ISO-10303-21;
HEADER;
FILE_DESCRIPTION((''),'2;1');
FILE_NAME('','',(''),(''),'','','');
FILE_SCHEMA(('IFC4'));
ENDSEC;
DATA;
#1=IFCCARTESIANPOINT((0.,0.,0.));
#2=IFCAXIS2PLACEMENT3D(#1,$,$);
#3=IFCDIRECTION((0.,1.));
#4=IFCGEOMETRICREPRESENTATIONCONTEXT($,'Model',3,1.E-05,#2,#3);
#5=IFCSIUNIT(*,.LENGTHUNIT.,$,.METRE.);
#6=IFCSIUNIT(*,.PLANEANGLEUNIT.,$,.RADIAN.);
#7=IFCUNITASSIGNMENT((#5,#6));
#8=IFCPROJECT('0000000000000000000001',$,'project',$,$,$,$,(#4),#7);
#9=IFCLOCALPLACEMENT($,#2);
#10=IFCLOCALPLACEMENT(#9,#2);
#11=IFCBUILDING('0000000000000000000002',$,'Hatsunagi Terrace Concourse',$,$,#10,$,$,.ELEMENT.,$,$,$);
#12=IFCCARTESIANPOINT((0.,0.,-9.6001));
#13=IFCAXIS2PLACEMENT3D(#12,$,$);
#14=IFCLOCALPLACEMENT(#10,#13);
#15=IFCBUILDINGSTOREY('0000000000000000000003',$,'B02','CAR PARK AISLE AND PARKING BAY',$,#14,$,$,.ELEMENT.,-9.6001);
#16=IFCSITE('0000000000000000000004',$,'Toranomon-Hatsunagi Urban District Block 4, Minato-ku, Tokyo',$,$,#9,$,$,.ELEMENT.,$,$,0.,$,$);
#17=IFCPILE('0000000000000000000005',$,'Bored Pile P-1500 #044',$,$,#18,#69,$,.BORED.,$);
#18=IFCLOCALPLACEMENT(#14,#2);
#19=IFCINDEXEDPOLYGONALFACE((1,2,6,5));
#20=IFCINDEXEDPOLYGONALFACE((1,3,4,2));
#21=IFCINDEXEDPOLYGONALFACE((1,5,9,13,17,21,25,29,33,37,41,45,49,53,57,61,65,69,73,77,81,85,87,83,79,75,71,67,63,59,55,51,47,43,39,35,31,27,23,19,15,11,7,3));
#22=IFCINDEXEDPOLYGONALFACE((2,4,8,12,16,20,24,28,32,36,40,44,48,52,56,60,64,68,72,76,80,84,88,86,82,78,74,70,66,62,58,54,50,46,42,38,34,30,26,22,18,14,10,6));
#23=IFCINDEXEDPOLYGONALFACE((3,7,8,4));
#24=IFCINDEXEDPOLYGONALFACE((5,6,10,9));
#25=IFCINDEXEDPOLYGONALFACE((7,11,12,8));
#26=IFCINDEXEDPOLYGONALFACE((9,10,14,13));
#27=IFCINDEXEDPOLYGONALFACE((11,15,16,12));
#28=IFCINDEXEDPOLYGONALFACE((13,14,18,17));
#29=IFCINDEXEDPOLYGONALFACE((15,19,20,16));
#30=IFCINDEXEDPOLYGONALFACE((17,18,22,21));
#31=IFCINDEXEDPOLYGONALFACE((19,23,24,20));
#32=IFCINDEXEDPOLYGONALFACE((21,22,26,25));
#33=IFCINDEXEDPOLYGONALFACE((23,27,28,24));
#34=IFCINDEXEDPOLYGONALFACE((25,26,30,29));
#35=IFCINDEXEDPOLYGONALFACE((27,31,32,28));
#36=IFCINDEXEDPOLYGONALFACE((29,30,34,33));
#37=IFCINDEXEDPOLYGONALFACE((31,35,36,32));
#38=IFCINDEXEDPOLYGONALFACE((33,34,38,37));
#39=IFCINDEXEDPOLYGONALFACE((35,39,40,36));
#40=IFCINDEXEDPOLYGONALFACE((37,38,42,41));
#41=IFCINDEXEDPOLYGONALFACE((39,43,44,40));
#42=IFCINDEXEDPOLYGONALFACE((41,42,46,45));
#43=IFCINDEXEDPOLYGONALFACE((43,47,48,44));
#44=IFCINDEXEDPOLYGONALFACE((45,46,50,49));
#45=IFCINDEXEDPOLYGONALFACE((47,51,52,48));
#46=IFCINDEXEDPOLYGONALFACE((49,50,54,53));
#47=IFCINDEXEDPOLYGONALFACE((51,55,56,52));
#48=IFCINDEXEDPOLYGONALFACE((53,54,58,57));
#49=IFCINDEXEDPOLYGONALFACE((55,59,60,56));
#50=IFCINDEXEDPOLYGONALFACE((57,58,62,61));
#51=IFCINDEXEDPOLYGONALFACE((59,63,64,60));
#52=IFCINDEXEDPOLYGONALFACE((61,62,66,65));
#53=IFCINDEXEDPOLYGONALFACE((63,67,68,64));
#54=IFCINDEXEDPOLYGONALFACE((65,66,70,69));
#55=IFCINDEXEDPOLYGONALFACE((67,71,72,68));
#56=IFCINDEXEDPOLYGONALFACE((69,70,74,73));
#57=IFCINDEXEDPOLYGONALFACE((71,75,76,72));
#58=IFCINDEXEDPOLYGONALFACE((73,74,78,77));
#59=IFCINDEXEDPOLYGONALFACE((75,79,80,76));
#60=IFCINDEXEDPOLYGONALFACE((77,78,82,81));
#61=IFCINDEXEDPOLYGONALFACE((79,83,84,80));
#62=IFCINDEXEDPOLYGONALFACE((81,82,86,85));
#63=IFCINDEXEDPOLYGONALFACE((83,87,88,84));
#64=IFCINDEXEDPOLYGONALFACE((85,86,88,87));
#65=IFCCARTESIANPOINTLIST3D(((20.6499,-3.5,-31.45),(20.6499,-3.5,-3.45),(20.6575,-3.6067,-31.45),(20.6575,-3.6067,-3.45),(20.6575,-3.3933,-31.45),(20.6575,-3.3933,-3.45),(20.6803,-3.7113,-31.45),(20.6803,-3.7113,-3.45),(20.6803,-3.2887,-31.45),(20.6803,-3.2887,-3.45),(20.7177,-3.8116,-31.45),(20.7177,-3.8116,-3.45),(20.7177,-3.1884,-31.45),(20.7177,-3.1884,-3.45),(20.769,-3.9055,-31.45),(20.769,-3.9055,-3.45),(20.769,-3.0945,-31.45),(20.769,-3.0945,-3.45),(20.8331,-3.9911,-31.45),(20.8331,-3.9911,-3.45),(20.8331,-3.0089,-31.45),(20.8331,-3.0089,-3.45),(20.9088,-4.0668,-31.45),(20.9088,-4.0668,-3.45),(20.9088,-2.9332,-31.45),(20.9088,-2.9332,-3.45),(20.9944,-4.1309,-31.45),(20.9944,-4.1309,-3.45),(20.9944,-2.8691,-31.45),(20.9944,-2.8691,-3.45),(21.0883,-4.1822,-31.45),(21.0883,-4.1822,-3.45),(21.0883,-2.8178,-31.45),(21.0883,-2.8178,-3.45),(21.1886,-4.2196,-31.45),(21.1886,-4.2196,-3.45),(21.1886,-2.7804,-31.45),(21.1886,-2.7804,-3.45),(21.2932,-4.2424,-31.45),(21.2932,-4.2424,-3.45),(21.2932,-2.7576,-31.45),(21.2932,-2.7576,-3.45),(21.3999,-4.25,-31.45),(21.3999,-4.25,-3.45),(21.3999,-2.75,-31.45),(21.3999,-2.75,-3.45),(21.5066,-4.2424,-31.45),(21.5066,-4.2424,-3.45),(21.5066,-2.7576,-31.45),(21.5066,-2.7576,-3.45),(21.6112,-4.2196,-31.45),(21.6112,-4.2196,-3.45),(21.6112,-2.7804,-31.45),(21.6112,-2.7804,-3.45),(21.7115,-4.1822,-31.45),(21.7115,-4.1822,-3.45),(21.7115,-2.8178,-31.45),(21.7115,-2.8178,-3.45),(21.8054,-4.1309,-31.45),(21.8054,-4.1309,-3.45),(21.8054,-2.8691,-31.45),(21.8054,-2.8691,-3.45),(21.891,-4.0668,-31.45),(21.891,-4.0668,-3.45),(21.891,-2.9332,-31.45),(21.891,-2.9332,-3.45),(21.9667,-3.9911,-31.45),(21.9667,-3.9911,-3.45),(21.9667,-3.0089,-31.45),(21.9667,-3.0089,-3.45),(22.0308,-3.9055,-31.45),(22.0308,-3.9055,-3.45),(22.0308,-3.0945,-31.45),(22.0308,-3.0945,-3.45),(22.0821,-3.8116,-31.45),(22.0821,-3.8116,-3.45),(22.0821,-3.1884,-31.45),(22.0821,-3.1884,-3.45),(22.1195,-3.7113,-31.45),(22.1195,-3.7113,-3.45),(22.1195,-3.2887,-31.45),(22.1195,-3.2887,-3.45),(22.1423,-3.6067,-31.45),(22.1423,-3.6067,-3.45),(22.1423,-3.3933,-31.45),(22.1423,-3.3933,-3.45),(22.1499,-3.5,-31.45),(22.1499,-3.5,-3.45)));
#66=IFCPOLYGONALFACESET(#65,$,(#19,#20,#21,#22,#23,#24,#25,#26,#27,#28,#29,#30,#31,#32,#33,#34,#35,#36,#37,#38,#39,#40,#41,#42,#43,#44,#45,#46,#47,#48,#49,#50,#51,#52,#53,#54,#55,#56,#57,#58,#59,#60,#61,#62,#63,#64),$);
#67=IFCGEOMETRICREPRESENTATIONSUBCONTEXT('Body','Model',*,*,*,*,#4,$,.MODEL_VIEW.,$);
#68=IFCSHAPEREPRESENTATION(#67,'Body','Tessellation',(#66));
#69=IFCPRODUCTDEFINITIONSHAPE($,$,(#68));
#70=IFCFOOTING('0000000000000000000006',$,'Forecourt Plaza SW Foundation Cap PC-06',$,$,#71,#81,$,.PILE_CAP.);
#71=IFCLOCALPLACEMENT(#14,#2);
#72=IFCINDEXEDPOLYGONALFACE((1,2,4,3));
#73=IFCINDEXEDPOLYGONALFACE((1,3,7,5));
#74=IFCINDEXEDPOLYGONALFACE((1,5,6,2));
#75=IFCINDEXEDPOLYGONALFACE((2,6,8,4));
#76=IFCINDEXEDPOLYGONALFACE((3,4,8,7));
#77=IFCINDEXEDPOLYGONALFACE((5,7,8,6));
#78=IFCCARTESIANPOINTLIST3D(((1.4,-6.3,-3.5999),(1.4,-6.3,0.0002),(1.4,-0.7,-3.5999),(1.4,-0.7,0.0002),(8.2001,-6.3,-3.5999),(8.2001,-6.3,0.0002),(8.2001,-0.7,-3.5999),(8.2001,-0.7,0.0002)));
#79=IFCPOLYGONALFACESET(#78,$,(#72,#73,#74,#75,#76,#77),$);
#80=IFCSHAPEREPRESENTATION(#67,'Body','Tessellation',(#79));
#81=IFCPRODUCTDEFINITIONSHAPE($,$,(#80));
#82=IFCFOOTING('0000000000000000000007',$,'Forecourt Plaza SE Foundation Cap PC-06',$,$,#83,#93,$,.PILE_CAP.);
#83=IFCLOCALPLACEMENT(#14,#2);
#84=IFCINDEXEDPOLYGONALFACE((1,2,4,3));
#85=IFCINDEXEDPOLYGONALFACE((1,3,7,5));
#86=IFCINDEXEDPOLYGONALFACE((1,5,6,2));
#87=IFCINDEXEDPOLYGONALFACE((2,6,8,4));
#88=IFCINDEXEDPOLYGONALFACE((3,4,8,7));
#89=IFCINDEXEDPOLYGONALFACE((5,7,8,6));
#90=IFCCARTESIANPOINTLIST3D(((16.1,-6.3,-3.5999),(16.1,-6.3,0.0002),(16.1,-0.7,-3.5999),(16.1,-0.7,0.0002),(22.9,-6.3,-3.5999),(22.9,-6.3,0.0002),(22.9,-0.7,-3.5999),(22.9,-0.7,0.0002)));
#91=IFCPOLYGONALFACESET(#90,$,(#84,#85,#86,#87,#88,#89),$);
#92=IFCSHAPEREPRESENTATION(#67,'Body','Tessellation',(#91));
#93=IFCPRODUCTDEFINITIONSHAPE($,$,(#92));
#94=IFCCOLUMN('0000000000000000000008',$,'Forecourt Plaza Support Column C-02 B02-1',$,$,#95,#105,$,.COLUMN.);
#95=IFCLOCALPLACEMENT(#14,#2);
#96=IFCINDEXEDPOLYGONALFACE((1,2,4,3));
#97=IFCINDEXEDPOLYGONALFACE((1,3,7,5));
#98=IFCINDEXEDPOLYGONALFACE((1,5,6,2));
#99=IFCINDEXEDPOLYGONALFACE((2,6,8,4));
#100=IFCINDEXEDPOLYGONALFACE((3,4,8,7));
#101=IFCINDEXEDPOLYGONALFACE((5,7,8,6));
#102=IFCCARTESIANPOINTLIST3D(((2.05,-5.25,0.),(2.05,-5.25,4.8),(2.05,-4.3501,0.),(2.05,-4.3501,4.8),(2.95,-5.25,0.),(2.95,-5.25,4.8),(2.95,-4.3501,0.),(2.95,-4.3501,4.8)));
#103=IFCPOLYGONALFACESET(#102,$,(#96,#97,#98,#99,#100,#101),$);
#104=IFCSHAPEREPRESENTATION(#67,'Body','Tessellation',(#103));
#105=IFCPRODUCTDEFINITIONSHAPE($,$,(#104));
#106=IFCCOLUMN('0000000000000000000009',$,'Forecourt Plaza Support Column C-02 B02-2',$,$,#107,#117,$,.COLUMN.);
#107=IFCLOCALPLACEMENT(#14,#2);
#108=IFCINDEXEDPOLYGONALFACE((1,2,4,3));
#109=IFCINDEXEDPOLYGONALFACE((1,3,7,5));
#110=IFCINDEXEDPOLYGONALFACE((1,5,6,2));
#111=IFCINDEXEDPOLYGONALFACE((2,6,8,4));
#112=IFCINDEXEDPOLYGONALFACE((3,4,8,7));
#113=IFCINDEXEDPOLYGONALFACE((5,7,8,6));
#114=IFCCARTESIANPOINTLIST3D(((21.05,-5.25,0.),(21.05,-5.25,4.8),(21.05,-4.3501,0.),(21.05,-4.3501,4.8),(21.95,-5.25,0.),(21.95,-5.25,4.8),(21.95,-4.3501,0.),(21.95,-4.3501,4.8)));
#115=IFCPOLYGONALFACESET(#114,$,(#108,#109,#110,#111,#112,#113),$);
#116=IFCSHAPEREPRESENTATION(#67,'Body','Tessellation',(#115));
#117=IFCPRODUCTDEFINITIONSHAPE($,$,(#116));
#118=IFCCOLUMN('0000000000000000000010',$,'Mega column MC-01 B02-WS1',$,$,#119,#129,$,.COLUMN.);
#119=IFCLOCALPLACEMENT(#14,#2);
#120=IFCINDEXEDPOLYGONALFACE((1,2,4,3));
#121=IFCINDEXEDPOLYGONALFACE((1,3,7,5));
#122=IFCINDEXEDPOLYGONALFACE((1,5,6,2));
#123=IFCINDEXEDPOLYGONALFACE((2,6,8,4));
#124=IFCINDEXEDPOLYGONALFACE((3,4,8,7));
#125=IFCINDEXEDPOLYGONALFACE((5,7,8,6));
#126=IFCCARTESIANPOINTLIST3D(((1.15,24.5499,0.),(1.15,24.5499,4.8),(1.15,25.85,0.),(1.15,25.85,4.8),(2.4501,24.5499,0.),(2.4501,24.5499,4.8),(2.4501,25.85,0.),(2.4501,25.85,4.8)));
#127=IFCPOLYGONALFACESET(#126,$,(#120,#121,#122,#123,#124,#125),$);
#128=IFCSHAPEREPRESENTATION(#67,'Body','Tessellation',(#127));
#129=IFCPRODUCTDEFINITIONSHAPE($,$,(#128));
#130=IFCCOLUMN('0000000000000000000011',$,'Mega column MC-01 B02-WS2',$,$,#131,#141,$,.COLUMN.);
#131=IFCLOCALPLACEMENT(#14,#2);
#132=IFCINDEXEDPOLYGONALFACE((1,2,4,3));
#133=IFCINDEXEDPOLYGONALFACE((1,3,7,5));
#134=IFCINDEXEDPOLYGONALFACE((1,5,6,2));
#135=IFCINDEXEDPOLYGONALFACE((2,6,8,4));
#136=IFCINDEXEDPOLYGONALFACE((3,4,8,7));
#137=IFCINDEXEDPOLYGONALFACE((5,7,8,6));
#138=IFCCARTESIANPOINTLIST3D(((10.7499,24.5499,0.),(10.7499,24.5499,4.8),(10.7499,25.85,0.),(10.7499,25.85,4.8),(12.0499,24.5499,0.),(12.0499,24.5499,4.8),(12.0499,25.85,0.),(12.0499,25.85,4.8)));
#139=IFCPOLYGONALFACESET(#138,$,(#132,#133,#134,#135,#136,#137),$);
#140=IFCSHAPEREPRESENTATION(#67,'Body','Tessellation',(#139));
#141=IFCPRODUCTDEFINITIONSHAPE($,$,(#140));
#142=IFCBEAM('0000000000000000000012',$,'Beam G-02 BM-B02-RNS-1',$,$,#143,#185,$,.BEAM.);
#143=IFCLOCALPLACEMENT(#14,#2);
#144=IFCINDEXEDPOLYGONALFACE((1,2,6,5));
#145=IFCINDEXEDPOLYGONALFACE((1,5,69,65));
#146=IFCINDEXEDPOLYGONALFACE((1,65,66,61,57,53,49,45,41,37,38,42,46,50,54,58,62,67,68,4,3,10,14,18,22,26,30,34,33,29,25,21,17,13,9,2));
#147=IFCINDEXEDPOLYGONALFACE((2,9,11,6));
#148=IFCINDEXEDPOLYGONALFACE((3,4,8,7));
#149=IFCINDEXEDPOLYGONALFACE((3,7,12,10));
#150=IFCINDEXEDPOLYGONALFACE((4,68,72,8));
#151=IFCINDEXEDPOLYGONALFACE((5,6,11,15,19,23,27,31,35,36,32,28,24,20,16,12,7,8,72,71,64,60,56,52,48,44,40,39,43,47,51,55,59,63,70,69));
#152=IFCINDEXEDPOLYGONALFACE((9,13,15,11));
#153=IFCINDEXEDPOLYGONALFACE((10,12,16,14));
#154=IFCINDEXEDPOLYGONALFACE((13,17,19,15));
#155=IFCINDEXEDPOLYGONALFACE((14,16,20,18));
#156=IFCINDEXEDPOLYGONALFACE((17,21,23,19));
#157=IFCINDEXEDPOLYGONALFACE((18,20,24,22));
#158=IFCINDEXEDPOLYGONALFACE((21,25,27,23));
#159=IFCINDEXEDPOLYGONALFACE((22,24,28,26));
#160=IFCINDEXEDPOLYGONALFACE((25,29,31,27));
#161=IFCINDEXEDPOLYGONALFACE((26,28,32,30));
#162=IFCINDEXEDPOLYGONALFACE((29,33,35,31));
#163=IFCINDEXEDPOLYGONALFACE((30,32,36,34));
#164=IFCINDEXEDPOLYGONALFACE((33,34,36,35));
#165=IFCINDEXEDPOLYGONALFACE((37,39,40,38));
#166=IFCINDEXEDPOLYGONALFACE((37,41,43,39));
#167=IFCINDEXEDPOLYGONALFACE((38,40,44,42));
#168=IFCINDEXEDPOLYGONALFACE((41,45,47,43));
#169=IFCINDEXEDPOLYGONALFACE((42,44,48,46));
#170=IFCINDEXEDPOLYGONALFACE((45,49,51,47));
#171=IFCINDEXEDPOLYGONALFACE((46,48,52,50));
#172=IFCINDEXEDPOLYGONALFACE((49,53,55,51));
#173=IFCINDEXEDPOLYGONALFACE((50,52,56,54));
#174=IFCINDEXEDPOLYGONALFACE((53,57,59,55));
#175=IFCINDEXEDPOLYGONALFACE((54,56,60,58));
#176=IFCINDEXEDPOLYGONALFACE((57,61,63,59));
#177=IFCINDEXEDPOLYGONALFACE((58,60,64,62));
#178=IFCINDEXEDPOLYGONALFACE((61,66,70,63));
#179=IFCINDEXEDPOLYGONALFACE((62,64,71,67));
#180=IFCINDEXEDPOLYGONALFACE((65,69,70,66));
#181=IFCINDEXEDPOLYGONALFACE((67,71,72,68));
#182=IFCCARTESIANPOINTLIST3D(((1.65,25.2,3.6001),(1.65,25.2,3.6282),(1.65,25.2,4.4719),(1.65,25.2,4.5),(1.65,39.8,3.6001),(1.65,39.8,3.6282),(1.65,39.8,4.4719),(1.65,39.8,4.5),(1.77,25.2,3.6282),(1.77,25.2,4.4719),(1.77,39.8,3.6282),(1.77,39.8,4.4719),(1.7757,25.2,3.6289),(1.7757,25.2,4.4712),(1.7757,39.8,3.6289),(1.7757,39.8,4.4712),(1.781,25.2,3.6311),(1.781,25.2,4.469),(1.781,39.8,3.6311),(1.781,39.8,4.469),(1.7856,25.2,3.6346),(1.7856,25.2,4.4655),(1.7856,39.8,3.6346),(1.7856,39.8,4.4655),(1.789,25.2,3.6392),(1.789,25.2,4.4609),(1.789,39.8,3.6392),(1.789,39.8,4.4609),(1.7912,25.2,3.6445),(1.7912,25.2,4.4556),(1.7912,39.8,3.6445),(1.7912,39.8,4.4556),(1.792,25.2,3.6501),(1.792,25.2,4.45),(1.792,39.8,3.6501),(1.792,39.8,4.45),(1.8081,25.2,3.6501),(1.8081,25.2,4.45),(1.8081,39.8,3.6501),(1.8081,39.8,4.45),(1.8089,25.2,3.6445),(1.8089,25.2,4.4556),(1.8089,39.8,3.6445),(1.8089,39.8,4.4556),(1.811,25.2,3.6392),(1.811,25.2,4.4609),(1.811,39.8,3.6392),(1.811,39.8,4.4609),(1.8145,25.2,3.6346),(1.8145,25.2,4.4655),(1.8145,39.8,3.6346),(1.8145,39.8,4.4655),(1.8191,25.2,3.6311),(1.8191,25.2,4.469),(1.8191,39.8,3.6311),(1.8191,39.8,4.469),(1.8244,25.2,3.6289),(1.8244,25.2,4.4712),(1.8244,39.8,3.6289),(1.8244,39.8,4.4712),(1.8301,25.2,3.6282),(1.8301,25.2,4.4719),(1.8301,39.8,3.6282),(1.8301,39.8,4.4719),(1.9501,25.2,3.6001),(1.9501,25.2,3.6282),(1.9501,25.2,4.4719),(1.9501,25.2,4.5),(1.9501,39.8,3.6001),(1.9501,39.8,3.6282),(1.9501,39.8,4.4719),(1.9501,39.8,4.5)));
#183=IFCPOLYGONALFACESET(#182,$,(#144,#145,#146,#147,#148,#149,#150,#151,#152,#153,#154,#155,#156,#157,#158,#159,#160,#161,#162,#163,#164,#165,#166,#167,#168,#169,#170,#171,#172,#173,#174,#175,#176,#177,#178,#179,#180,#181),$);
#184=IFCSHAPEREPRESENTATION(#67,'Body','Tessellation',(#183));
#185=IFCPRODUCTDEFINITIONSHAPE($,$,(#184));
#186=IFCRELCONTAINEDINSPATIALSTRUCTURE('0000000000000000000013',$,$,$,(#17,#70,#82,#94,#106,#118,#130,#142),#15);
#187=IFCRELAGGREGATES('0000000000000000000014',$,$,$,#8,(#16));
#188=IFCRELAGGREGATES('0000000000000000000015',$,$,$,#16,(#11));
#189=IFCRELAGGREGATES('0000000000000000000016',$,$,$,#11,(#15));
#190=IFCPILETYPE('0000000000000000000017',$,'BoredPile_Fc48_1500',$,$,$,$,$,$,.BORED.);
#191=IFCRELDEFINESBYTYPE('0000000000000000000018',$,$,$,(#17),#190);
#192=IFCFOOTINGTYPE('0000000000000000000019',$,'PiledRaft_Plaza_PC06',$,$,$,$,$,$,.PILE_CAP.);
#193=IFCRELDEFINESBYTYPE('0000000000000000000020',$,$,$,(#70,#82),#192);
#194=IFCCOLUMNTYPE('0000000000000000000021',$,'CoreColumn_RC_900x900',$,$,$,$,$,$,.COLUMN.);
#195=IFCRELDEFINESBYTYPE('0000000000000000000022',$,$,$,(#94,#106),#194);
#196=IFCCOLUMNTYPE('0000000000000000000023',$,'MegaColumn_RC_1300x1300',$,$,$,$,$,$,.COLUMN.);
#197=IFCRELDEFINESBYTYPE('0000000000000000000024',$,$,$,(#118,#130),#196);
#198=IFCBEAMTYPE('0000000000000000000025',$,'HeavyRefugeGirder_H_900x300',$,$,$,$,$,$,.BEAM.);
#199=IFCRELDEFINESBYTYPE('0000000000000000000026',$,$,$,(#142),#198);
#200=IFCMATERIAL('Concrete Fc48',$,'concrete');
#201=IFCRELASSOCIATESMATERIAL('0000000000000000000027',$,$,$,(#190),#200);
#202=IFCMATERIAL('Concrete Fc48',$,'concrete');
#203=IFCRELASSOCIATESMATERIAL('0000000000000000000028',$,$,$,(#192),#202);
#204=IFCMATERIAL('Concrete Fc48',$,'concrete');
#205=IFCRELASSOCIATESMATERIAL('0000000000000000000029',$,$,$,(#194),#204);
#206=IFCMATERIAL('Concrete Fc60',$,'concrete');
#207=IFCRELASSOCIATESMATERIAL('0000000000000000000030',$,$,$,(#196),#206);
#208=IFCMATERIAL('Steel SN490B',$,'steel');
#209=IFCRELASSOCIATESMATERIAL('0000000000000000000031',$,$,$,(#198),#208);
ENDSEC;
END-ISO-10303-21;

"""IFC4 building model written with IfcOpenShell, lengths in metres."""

from ifc_helpers import new_model, si_unit, direction, frame, origin, origin_2d, place, context, subcontext, project, spatial, rectangle, circle, i_section, extrude, material, material_profile, profile_set, type_object, element, save


model = new_model("IFC4")

# Units and contexts
model_context = context("Model", 3, precision=1e-05, world=origin(), true_north=direction((0.0, 1.0)))
body_context = subcontext(model_context, "Body", "Model", "MODEL_VIEW")
ifc_project = project(units=[si_unit("LENGTHUNIT", "METRE"), si_unit("PLANEANGLEUNIT", "RADIAN")], contexts=[model_context])

# Site, building, storey
site_placement = place(None, origin())
site = spatial("IfcSite", under=ifc_project, at=site_placement, Name="Toranomon-Hatsunagi Urban District Block 4, Minato-ku, Tokyo", CompositionType="ELEMENT", RefElevation=0.0)
building_placement = place(site_placement, origin())
building = spatial("IfcBuilding", under=site, at=building_placement, Name="Hatsunagi Terrace Concourse", CompositionType="ELEMENT")
storey_placement = place(building_placement, frame((0.0, 0.0, -9.6001)))
storey = spatial("IfcBuildingStorey", under=building, at=storey_placement, Name="B02", Description="CAR PARK AISLE AND PARKING BAY", CompositionType="ELEMENT", Elevation=-9.6001)

# Pile
ifc_material_1 = material(Name="Concrete Fc48", Category="concrete")
ifc_material_profile_1 = material_profile(ifc_material_1, circle(Radius=0.75, at=origin_2d()), Name="PILE-1500")
ifc_profile_set_1 = profile_set([ifc_material_profile_1], Name="Concrete Fc48")
pile_type = type_object("IfcPileType", Name="BoredPile_Fc48_1500", PredefinedType="BORED", material=ifc_profile_set_1)
for number, where, z_axis, x_axis, name in (
    (1, (21.3999, -3.5, -3.45), (0.0, 0.0, -1.0), (1.0, 0.0, 0.0), "Bored Pile P-1500 #044"),
):
    element("IfcPile", number, at=place(storey_placement, frame(where, z_axis=z_axis, x_axis=x_axis)), inside=storey, type_object=pile_type, Name=name, PredefinedType="BORED", context=body_context, shape_type="SweptSolid", body=[
        extrude(circle(Radius=0.75, at=origin_2d()), origin(), (0.0, 0.0, 1.0), 28.0),
    ])

# Footings
ifc_material_2 = material(Name="Concrete Fc48", Category="concrete")
footing_type = type_object("IfcFootingType", Name="PiledRaft_Plaza_PC06", PredefinedType="PILE_CAP", material=ifc_material_2)
for number, where, z_axis, x_axis, name in (
    (2, (4.8, -3.5, -3.5999), (0.0, 0.0, 1.0), (1.0, 0.0, 0.0), "Forecourt Plaza SW Foundation Cap PC-06"),
    (3, (19.5, -3.5, -3.5999), (0.0, 0.0, 1.0), (1.0, 0.0, 0.0), "Forecourt Plaza SE Foundation Cap PC-06"),
):
    element("IfcFooting", number, at=place(storey_placement, frame(where, z_axis=z_axis, x_axis=x_axis)), inside=storey, type_object=footing_type, Name=name, PredefinedType="PILE_CAP", context=body_context, shape_type="SweptSolid", body=[
        extrude(rectangle(XDim=6.8, YDim=5.6001, at=origin_2d()), origin(), (0.0, 0.0, 1.0), 3.6001),
    ])

# Columns
ifc_material_3 = material(Name="Concrete Fc48", Category="concrete")
ifc_material_profile_2 = material_profile(ifc_material_3, rectangle(XDim=0.8999, YDim=0.8999, at=origin_2d()), Name="RC-900x900")
ifc_profile_set_2 = profile_set([ifc_material_profile_2], Name="Concrete Fc48")
column_type_1 = type_object("IfcColumnType", Name="CoreColumn_RC_900x900", PredefinedType="COLUMN", material=ifc_profile_set_2)
for number, where, z_axis, x_axis, name in (
    (4, (2.5, -4.8, 0.0), (0.0, 0.0, 1.0), (1.0, 0.0, 0.0), "Forecourt Plaza Support Column C-02 B02-1"),
    (5, (21.5, -4.8, 0.0), (0.0, 0.0, 1.0), (1.0, 0.0, 0.0), "Forecourt Plaza Support Column C-02 B02-2"),
):
    element("IfcColumn", number, at=place(storey_placement, frame(where, z_axis=z_axis, x_axis=x_axis)), inside=storey, type_object=column_type_1, Name=name, PredefinedType="COLUMN", context=body_context, shape_type="SweptSolid", body=[
        extrude(rectangle(XDim=0.8999, YDim=0.8999, at=origin_2d()), origin(), (0.0, 0.0, 1.0), 4.8),
    ])
ifc_material_4 = material(Name="Concrete Fc60", Category="concrete")
ifc_material_profile_3 = material_profile(ifc_material_4, rectangle(XDim=1.3, YDim=1.3, at=origin_2d()), Name="RC-1300x1300")
ifc_profile_set_3 = profile_set([ifc_material_profile_3], Name="Concrete Fc60")
column_type_2 = type_object("IfcColumnType", Name="MegaColumn_RC_1300x1300", PredefinedType="COLUMN", material=ifc_profile_set_3)
for number, where, z_axis, x_axis, name in (
    (6, (1.8, 25.2, 0.0), (0.0, 0.0, 1.0), (1.0, 0.0, 0.0), "Mega column MC-01 B02-WS1"),
    (7, (11.3999, 25.2, 0.0), (0.0, 0.0, 1.0), (1.0, 0.0, 0.0), "Mega column MC-01 B02-WS2"),
):
    element("IfcColumn", number, at=place(storey_placement, frame(where, z_axis=z_axis, x_axis=x_axis)), inside=storey, type_object=column_type_2, Name=name, PredefinedType="COLUMN", context=body_context, shape_type="SweptSolid", body=[
        extrude(rectangle(XDim=1.3, YDim=1.3, at=origin_2d()), origin(), (0.0, 0.0, 1.0), 4.8),
    ])

# Beam
ifc_material_5 = material(Name="Steel SN490B", Category="steel")
ifc_material_profile_4 = material_profile(ifc_material_5, i_section(OverallWidth=0.3, OverallDepth=0.8999, WebThickness=0.0161, FlangeThickness=0.0281, FilletRadius=0.022, at=origin_2d()), Name="H-900x300x16x28")
ifc_profile_set_4 = profile_set([ifc_material_profile_4], Name="Steel SN490B")
beam_type_1 = type_object("IfcBeamType", Name="HeavyRefugeGirder_H_900x300", PredefinedType="BEAM", material=ifc_profile_set_4)
beam_1_placement = place(storey_placement, frame((1.8, 25.2, 4.05), z_axis=(0.0, 1.0, 0.0), x_axis=(-1.0, 0.0, 0.0)))
element("IfcBeam", 8, at=beam_1_placement, inside=storey, type_object=beam_type_1, Name="Beam G-02 BM-B02-RNS-1", PredefinedType="BEAM", context=body_context, shape_type="SweptSolid", body=[
    extrude(i_section(OverallWidth=0.3, OverallDepth=0.8999, WebThickness=0.0161, FlangeThickness=0.0281, FilletRadius=0.022, at=origin_2d()), origin(), (0.0, 0.0, 1.0), 14.6001),
])

save(model, "model.ifc")
